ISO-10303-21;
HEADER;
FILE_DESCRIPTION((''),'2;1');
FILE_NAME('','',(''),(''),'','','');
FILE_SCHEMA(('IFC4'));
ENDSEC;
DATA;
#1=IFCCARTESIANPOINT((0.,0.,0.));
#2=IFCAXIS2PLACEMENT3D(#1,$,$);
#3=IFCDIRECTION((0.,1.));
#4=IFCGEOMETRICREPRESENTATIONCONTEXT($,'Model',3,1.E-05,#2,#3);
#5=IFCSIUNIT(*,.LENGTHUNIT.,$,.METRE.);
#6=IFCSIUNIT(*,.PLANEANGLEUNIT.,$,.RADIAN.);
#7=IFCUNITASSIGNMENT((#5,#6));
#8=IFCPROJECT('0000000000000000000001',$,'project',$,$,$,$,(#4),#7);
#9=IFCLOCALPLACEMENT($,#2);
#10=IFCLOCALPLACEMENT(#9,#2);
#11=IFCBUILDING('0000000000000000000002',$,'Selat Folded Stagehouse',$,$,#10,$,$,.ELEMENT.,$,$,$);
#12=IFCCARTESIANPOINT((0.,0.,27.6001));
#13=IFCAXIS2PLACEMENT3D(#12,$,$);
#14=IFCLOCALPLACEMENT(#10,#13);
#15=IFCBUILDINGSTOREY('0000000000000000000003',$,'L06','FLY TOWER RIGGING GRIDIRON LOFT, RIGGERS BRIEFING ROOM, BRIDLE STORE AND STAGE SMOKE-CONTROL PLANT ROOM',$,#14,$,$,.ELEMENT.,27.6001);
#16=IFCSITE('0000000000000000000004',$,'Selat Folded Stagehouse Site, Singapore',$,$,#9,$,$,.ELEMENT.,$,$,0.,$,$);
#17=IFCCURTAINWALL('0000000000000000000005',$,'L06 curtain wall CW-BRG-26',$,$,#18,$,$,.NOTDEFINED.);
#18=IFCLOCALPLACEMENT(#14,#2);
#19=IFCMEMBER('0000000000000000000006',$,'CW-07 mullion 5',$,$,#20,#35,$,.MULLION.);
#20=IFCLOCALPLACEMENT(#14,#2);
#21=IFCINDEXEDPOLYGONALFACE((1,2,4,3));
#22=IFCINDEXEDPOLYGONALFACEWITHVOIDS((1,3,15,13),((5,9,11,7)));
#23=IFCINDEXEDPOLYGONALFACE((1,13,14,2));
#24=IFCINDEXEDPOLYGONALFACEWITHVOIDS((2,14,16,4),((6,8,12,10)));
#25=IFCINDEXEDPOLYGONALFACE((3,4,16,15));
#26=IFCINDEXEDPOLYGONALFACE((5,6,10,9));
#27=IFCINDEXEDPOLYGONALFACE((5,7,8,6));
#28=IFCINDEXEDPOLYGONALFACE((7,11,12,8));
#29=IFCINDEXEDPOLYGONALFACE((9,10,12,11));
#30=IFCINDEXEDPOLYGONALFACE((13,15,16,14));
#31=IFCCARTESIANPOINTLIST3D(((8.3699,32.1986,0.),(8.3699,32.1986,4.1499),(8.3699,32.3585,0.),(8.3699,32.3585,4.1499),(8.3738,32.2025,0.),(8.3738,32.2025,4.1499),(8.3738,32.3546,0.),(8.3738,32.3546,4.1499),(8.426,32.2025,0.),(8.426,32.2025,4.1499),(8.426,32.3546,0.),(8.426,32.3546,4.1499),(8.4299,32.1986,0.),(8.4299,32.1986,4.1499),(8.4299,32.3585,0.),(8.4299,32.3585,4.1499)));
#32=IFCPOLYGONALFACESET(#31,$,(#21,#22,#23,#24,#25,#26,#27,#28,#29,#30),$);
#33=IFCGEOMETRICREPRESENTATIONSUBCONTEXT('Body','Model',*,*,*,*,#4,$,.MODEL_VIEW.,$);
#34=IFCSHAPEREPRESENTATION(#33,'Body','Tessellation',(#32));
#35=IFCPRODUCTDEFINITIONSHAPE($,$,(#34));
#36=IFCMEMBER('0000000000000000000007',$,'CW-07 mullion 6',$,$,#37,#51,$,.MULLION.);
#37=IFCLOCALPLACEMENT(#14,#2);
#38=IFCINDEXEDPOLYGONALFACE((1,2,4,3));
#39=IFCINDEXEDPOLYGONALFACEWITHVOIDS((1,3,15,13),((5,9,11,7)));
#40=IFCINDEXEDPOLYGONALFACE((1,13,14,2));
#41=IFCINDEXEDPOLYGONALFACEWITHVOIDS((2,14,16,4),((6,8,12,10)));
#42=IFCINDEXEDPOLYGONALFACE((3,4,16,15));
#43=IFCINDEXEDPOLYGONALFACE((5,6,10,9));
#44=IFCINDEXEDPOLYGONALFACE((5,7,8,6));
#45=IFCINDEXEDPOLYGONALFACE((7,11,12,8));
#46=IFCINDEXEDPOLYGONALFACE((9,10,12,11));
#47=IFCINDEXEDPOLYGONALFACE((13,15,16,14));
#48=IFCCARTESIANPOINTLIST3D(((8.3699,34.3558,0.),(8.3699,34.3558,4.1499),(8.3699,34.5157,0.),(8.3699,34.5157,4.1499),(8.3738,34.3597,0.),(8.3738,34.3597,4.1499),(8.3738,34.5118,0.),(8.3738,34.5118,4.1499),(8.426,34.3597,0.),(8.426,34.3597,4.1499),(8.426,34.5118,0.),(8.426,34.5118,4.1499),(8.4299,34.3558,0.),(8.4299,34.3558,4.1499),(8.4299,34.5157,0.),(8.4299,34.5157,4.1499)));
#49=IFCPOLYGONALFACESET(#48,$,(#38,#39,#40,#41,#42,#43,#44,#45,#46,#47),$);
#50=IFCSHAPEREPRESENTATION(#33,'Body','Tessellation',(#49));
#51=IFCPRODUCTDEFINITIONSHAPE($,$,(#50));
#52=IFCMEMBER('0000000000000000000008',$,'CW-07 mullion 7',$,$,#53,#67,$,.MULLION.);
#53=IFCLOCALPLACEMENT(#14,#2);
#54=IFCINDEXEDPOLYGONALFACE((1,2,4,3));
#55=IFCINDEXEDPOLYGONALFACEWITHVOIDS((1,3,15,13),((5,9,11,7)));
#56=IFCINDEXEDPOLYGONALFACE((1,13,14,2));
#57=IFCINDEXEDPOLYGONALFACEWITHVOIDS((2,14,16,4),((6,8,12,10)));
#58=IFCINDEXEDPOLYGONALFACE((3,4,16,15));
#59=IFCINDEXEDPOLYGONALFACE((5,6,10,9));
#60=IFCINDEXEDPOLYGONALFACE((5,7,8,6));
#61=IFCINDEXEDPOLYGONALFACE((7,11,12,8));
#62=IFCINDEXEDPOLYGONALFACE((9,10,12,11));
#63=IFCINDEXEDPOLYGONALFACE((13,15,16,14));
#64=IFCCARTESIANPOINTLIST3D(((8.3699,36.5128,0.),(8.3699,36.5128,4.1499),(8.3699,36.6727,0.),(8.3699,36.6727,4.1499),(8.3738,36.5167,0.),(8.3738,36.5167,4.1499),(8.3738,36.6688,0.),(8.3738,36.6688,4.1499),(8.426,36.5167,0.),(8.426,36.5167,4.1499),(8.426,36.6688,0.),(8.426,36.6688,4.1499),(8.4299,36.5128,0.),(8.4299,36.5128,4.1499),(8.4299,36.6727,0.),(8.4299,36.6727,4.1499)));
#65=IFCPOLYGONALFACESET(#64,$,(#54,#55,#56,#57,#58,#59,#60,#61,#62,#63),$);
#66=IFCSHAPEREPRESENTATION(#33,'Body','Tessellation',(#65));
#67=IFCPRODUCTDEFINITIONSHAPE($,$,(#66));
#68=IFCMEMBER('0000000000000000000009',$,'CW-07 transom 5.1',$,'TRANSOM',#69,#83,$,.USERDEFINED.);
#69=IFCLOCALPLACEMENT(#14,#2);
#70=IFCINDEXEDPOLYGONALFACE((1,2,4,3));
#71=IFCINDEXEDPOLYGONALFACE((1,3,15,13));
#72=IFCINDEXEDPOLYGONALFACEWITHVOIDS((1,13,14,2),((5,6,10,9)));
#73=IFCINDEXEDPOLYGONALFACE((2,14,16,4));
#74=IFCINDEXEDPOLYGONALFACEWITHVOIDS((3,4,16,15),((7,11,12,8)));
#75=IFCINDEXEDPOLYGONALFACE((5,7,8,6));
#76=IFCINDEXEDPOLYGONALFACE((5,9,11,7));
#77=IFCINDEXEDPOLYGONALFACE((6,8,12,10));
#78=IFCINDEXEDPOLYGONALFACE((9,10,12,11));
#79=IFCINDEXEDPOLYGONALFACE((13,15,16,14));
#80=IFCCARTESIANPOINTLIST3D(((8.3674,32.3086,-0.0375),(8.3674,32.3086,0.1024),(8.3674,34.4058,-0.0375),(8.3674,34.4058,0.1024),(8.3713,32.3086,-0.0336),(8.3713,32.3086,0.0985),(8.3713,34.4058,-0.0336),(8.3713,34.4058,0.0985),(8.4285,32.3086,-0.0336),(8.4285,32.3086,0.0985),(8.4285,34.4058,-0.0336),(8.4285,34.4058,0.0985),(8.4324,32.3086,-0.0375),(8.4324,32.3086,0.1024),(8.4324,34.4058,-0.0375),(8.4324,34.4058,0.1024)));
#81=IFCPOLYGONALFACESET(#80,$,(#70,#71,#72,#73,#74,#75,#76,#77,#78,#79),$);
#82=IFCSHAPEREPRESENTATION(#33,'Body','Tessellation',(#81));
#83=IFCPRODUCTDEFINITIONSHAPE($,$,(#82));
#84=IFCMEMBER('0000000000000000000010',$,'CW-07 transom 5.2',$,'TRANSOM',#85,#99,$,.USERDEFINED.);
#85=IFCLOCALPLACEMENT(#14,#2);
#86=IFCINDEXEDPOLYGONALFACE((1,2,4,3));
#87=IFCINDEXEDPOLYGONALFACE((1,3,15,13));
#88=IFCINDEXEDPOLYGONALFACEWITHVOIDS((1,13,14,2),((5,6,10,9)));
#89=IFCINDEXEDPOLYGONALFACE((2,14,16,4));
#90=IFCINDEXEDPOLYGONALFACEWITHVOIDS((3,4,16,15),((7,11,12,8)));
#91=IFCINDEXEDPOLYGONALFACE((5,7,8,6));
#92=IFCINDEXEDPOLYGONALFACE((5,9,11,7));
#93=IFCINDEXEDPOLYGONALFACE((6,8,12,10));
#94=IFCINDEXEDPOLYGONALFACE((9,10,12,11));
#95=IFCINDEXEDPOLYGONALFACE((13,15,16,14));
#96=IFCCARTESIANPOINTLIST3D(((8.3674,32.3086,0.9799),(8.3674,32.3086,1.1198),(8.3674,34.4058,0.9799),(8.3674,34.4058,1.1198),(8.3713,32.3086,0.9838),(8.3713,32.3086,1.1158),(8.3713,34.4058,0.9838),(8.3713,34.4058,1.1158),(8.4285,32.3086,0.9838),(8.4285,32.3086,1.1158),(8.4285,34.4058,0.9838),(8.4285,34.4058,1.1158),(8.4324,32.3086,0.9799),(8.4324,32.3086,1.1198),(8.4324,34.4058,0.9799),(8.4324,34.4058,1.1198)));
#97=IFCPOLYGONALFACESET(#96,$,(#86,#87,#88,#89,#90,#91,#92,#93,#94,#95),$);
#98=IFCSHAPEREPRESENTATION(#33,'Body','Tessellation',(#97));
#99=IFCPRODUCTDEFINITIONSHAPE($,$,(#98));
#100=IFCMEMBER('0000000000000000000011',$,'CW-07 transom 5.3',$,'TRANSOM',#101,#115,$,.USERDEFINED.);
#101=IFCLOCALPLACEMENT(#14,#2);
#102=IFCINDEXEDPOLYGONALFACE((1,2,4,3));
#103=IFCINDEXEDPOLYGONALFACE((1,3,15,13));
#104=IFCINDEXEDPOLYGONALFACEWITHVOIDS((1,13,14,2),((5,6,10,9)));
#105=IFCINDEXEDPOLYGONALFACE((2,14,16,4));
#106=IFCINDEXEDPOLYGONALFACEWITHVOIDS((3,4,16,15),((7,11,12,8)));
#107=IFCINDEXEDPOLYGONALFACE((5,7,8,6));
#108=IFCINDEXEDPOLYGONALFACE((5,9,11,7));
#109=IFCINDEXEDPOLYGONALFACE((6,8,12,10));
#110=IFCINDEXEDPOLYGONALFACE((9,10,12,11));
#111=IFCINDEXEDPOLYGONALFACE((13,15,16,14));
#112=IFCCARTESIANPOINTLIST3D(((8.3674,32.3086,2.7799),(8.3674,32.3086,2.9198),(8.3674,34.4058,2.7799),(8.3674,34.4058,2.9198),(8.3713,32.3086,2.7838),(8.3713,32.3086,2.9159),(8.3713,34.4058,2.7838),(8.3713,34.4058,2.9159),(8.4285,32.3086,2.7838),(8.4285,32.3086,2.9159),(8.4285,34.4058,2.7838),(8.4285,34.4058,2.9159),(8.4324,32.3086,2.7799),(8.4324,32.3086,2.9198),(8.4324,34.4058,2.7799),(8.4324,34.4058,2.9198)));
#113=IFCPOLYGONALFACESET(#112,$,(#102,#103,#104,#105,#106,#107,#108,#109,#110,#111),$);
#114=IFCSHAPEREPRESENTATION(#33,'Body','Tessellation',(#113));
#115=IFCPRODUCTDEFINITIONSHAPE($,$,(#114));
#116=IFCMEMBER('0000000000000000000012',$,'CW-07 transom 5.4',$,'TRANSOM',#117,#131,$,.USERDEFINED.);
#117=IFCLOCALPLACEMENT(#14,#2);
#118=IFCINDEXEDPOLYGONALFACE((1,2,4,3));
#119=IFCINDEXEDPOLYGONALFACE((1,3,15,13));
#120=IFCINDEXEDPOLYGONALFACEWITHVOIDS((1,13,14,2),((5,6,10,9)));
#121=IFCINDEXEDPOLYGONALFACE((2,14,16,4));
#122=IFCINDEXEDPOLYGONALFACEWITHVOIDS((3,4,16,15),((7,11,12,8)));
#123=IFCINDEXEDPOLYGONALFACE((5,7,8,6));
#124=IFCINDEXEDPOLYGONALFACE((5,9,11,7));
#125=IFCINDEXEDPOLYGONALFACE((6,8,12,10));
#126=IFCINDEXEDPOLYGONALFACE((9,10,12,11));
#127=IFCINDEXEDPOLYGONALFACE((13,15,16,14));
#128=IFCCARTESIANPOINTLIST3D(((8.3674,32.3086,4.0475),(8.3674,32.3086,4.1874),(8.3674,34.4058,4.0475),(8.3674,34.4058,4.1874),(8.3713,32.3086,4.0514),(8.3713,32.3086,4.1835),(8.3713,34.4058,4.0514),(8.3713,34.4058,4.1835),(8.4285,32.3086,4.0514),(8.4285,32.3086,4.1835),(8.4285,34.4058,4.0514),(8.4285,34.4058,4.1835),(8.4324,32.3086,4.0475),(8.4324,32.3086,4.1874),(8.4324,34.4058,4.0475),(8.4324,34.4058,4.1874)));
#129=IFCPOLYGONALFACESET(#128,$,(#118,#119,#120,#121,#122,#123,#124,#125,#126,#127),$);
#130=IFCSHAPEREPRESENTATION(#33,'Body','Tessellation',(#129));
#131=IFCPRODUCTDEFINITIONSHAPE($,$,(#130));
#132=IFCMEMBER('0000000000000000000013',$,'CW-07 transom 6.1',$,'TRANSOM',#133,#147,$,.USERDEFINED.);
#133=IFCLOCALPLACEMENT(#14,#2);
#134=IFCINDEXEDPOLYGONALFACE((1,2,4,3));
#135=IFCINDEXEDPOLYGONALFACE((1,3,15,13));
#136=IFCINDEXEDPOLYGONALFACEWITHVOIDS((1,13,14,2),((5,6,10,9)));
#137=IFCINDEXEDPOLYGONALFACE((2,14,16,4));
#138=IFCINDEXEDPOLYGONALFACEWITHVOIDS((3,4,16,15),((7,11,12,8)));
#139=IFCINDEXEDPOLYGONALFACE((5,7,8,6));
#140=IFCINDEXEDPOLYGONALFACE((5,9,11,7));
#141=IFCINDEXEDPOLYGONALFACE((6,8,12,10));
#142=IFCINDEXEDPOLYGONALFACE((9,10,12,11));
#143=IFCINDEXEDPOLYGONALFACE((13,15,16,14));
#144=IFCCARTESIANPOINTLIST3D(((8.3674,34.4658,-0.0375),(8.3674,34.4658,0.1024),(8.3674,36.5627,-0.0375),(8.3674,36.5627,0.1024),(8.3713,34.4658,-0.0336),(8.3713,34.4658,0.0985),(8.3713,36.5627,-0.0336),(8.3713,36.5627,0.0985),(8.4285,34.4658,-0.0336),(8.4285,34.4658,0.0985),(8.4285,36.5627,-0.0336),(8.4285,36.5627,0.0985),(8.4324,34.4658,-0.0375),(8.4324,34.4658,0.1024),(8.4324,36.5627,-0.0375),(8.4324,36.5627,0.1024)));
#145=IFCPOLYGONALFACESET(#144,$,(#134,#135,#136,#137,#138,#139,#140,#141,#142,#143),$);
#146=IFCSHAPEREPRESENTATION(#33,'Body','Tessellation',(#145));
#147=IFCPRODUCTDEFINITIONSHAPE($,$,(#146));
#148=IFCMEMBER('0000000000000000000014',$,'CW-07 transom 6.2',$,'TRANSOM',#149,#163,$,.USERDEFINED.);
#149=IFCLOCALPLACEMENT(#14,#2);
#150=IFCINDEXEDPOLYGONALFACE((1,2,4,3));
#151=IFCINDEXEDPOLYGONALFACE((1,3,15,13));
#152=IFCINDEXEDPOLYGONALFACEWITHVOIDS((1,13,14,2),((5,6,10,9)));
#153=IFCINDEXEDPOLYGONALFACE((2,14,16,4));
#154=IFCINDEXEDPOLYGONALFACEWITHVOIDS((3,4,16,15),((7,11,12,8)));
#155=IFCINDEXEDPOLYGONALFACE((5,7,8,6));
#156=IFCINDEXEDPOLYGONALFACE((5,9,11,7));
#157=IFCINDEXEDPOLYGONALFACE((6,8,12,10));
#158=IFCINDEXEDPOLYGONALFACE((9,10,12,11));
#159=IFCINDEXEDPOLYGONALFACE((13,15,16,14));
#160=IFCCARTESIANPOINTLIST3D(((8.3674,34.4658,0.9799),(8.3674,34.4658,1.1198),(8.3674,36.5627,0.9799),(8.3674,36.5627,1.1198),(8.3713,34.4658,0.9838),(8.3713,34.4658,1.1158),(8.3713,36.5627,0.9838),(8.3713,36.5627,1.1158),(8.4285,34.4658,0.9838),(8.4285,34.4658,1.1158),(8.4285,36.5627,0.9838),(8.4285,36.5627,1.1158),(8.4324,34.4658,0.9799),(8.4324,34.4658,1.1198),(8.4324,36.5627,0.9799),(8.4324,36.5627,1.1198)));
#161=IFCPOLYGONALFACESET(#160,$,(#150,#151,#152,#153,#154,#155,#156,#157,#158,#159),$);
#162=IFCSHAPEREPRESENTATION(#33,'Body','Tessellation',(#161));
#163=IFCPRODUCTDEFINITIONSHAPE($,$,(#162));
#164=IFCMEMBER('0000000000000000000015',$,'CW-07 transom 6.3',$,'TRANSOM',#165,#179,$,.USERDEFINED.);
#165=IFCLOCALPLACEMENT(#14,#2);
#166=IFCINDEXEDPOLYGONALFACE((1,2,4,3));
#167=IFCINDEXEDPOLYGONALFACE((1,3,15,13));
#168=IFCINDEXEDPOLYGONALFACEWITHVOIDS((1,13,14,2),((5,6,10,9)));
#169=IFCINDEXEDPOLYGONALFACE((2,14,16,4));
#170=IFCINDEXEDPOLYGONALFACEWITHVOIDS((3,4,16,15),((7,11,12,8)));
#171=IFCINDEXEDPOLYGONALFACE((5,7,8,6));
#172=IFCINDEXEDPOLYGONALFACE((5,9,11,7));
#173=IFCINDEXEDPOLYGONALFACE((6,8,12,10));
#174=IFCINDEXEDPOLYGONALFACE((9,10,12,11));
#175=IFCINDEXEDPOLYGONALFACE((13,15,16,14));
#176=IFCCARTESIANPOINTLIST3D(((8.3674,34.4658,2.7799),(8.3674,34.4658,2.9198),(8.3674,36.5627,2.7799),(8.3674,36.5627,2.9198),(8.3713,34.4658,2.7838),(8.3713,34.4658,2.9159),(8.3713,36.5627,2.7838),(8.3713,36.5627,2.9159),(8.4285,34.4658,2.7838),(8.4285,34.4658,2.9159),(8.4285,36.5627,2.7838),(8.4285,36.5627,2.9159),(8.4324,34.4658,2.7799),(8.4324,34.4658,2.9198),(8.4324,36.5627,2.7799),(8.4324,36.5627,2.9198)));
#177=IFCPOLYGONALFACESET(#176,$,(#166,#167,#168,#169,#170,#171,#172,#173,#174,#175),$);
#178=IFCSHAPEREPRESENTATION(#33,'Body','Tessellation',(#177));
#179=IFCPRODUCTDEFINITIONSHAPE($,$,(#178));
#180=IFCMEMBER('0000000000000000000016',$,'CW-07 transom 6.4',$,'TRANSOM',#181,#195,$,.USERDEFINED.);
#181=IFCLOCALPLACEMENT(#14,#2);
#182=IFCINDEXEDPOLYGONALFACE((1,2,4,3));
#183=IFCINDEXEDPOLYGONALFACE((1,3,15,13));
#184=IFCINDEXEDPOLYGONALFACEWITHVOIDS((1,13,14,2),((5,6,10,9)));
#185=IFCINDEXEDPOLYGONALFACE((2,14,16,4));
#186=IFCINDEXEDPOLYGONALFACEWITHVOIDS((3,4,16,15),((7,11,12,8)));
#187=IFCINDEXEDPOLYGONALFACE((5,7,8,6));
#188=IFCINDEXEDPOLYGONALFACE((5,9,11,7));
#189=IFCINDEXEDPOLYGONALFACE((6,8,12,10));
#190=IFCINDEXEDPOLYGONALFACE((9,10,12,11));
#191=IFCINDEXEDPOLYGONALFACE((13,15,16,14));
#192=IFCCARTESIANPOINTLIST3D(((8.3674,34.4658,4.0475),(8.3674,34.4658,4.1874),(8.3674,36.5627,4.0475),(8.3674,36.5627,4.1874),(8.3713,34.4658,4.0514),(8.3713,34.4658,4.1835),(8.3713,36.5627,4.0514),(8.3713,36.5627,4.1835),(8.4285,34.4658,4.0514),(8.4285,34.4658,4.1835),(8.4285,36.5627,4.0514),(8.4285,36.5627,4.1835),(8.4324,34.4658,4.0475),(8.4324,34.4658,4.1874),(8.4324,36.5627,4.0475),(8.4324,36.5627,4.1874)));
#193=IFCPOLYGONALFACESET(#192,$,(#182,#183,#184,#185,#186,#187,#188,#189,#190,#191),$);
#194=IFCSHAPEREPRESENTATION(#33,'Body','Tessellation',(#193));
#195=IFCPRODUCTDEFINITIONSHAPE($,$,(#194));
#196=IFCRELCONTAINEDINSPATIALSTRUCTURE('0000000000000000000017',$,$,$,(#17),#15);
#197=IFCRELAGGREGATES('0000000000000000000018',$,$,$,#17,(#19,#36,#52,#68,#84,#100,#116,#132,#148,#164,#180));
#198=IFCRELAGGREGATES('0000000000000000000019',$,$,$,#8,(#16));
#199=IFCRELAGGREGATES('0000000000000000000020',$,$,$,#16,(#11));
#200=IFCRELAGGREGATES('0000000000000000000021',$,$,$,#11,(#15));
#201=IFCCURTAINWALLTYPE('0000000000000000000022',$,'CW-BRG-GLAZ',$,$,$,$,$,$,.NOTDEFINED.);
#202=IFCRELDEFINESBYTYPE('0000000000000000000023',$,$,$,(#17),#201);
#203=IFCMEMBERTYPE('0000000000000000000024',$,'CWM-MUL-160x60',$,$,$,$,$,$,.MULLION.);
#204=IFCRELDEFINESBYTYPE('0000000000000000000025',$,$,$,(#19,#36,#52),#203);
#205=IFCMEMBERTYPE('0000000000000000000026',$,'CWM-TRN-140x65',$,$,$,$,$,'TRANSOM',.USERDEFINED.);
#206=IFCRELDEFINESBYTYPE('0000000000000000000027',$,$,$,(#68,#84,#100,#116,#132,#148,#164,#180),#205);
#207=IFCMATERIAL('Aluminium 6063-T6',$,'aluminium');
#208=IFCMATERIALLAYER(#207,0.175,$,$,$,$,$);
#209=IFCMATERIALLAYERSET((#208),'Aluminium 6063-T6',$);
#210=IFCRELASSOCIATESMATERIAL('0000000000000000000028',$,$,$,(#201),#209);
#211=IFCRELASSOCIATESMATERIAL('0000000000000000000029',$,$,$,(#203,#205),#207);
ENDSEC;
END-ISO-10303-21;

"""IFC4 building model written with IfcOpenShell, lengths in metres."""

from ifc_helpers import new_model, si_unit, direction, frame, origin, origin_2d, place, context, subcontext, project, spatial, hollow_rectangle, extrude, material, layer, layer_set, material_profile, profile_set, type_object, element, aggregate, save


model = new_model("IFC4")

# Units and contexts
model_context = context("Model", 3, precision=1e-05, world=origin(), true_north=direction((0.0, 1.0)))
body_context = subcontext(model_context, "Body", "Model", "MODEL_VIEW")
ifc_project = project(units=[si_unit("LENGTHUNIT", "METRE"), si_unit("PLANEANGLEUNIT", "RADIAN")], contexts=[model_context])

# Site, building, storey
site_placement = place(None, origin())
site = spatial("IfcSite", under=ifc_project, at=site_placement, Name="Selat Folded Stagehouse Site, Singapore", CompositionType="ELEMENT", RefElevation=0.0)
building_placement = place(site_placement, origin())
building = spatial("IfcBuilding", under=site, at=building_placement, Name="Selat Folded Stagehouse", CompositionType="ELEMENT")
storey_placement = place(building_placement, frame((0.0, 0.0, 27.6001)))
storey = spatial("IfcBuildingStorey", under=building, at=storey_placement, Name="L06", Description="FLY TOWER RIGGING GRIDIRON LOFT, RIGGERS BRIEFING ROOM, BRIDLE STORE AND STAGE SMOKE-CONTROL PLANT ROOM", CompositionType="ELEMENT", Elevation=27.6001)

# Curtain wall, members
ifc_material_1 = material(Name="Aluminium 6063-T6", Category="aluminium")
ifc_layer_1 = layer(ifc_material_1, 0.175)
ifc_layer_set_1 = layer_set([ifc_layer_1], Name="Aluminium 6063-T6")
curtain_wall_type = type_object("IfcCurtainWallType", Name="CW-BRG-GLAZ", PredefinedType="NOTDEFINED", material=ifc_layer_set_1)
curtain_wall_placement = place(storey_placement, origin())
curtain_wall = element("IfcCurtainWall", 1, at=curtain_wall_placement, inside=storey, type_object=curtain_wall_type, Name="L06 curtain wall CW-BRG-26", PredefinedType="NOTDEFINED")
ifc_material_profile_1 = material_profile(ifc_material_1, hollow_rectangle(XDim=0.0601, YDim=0.1599, WallThickness=0.0039, at=origin_2d()), Name="ALU 160x60x4.0")
ifc_profile_set_1 = profile_set([ifc_material_profile_1], Name="Aluminium 6063-T6")
member_type_1 = type_object("IfcMemberType", Name="CWM-MUL-160x60", PredefinedType="MULLION", material=ifc_profile_set_1)
member_1_placement = place(storey_placement, frame((8.3999, 32.2786, 0.0), z_axis=(0.0, 0.0, 1.0), x_axis=(-1.0, 0.0, 0.0)))
member_1 = element("IfcMember", 2, at=member_1_placement, type_object=member_type_1, Name="CW-07 mullion 5", PredefinedType="MULLION", context=body_context, shape_type="SweptSolid", body=[
    extrude(hollow_rectangle(XDim=0.0601, YDim=0.1599, WallThickness=0.0039, at=origin_2d()), origin(), (0.0, 0.0, 1.0), 4.1499),
])
member_2_placement = place(storey_placement, frame((8.3999, 34.4358, 0.0), z_axis=(0.0, 0.0, 1.0), x_axis=(-1.0, 0.0, 0.0)))
member_2 = element("IfcMember", 3, at=member_2_placement, type_object=member_type_1, Name="CW-07 mullion 6", PredefinedType="MULLION", context=body_context, shape_type="SweptSolid", body=[
    extrude(hollow_rectangle(XDim=0.0601, YDim=0.1599, WallThickness=0.0039, at=origin_2d()), origin(), (0.0, 0.0, 1.0), 4.1499),
])
member_3_placement = place(storey_placement, frame((8.3999, 36.5928, 0.0), z_axis=(0.0, 0.0, 1.0), x_axis=(-1.0, 0.0, 0.0)))
member_3 = element("IfcMember", 4, at=member_3_placement, type_object=member_type_1, Name="CW-07 mullion 7", PredefinedType="MULLION", context=body_context, shape_type="SweptSolid", body=[
    extrude(hollow_rectangle(XDim=0.0601, YDim=0.1599, WallThickness=0.0039, at=origin_2d()), origin(), (0.0, 0.0, 1.0), 4.1499),
])
ifc_material_profile_2 = material_profile(ifc_material_1, hollow_rectangle(XDim=0.0649, YDim=0.1399, WallThickness=0.0039, at=origin_2d()), Name="ALU 140x65x4.0")
ifc_profile_set_2 = profile_set([ifc_material_profile_2], Name="Aluminium 6063-T6")
member_type_2 = type_object("IfcMemberType", Name="CWM-TRN-140x65", ElementType="TRANSOM", PredefinedType="USERDEFINED", material=ifc_profile_set_2)
member_4_placement = place(storey_placement, frame((8.3999, 32.3086, 0.0325), z_axis=(0.0, 1.0, 0.0), x_axis=(-1.0, 0.0, 0.0)))
member_4 = element("IfcMember", 5, at=member_4_placement, type_object=member_type_2, Name="CW-07 transom 5.1", ObjectType="TRANSOM", PredefinedType="USERDEFINED", context=body_context, shape_type="SweptSolid", body=[
    extrude(hollow_rectangle(XDim=0.0649, YDim=0.1399, WallThickness=0.0039, at=origin_2d()), origin(), (0.0, 0.0, 1.0), 2.0972),
])
member_5_placement = place(storey_placement, frame((8.3999, 32.3086, 1.0498), z_axis=(0.0, 1.0, 0.0), x_axis=(-1.0, 0.0, 0.0)))
member_5 = element("IfcMember", 6, at=member_5_placement, type_object=member_type_2, Name="CW-07 transom 5.2", ObjectType="TRANSOM", PredefinedType="USERDEFINED", context=body_context, shape_type="SweptSolid", body=[
    extrude(hollow_rectangle(XDim=0.0649, YDim=0.1399, WallThickness=0.0039, at=origin_2d()), origin(), (0.0, 0.0, 1.0), 2.0972),
])
member_6_placement = place(storey_placement, frame((8.3999, 32.3086, 2.8499), z_axis=(0.0, 1.0, 0.0), x_axis=(-1.0, 0.0, 0.0)))
member_6 = element("IfcMember", 7, at=member_6_placement, type_object=member_type_2, Name="CW-07 transom 5.3", ObjectType="TRANSOM", PredefinedType="USERDEFINED", context=body_context, shape_type="SweptSolid", body=[
    extrude(hollow_rectangle(XDim=0.0649, YDim=0.1399, WallThickness=0.0039, at=origin_2d()), origin(), (0.0, 0.0, 1.0), 2.0972),
])
member_7_placement = place(storey_placement, frame((8.3999, 32.3086, 4.1174), z_axis=(0.0, 1.0, 0.0), x_axis=(-1.0, 0.0, 0.0)))
member_7 = element("IfcMember", 8, at=member_7_placement, type_object=member_type_2, Name="CW-07 transom 5.4", ObjectType="TRANSOM", PredefinedType="USERDEFINED", context=body_context, shape_type="SweptSolid", body=[
    extrude(hollow_rectangle(XDim=0.0649, YDim=0.1399, WallThickness=0.0039, at=origin_2d()), origin(), (0.0, 0.0, 1.0), 2.0972),
])
member_8_placement = place(storey_placement, frame((8.3999, 34.4658, 0.0325), z_axis=(0.0, 1.0, 0.0), x_axis=(-1.0, 0.0, 0.0)))
member_8 = element("IfcMember", 9, at=member_8_placement, type_object=member_type_2, Name="CW-07 transom 6.1", ObjectType="TRANSOM", PredefinedType="USERDEFINED", context=body_context, shape_type="SweptSolid", body=[
    extrude(hollow_rectangle(XDim=0.0649, YDim=0.1399, WallThickness=0.0039, at=origin_2d()), origin(), (0.0, 0.0, 1.0), 2.0969),
])
member_9_placement = place(storey_placement, frame((8.3999, 34.4658, 1.0498), z_axis=(0.0, 1.0, 0.0), x_axis=(-1.0, 0.0, 0.0)))
member_9 = element("IfcMember", 10, at=member_9_placement, type_object=member_type_2, Name="CW-07 transom 6.2", ObjectType="TRANSOM", PredefinedType="USERDEFINED", context=body_context, shape_type="SweptSolid", body=[
    extrude(hollow_rectangle(XDim=0.0649, YDim=0.1399, WallThickness=0.0039, at=origin_2d()), origin(), (0.0, 0.0, 1.0), 2.0969),
])
member_10_placement = place(storey_placement, frame((8.3999, 34.4658, 2.8499), z_axis=(0.0, 1.0, 0.0), x_axis=(-1.0, 0.0, 0.0)))
member_10 = element("IfcMember", 11, at=member_10_placement, type_object=member_type_2, Name="CW-07 transom 6.3", ObjectType="TRANSOM", PredefinedType="USERDEFINED", context=body_context, shape_type="SweptSolid", body=[
    extrude(hollow_rectangle(XDim=0.0649, YDim=0.1399, WallThickness=0.0039, at=origin_2d()), origin(), (0.0, 0.0, 1.0), 2.0969),
])
member_11_placement = place(storey_placement, frame((8.3999, 34.4658, 4.1174), z_axis=(0.0, 1.0, 0.0), x_axis=(-1.0, 0.0, 0.0)))
member_11 = element("IfcMember", 12, at=member_11_placement, type_object=member_type_2, Name="CW-07 transom 6.4", ObjectType="TRANSOM", PredefinedType="USERDEFINED", context=body_context, shape_type="SweptSolid", body=[
    extrude(hollow_rectangle(XDim=0.0649, YDim=0.1399, WallThickness=0.0039, at=origin_2d()), origin(), (0.0, 0.0, 1.0), 2.0969),
])
aggregate(curtain_wall, [member_1, member_2, member_3, member_4, member_5, member_6, member_7, member_8, member_9, member_10, member_11])

save(model, "model.ifc")
